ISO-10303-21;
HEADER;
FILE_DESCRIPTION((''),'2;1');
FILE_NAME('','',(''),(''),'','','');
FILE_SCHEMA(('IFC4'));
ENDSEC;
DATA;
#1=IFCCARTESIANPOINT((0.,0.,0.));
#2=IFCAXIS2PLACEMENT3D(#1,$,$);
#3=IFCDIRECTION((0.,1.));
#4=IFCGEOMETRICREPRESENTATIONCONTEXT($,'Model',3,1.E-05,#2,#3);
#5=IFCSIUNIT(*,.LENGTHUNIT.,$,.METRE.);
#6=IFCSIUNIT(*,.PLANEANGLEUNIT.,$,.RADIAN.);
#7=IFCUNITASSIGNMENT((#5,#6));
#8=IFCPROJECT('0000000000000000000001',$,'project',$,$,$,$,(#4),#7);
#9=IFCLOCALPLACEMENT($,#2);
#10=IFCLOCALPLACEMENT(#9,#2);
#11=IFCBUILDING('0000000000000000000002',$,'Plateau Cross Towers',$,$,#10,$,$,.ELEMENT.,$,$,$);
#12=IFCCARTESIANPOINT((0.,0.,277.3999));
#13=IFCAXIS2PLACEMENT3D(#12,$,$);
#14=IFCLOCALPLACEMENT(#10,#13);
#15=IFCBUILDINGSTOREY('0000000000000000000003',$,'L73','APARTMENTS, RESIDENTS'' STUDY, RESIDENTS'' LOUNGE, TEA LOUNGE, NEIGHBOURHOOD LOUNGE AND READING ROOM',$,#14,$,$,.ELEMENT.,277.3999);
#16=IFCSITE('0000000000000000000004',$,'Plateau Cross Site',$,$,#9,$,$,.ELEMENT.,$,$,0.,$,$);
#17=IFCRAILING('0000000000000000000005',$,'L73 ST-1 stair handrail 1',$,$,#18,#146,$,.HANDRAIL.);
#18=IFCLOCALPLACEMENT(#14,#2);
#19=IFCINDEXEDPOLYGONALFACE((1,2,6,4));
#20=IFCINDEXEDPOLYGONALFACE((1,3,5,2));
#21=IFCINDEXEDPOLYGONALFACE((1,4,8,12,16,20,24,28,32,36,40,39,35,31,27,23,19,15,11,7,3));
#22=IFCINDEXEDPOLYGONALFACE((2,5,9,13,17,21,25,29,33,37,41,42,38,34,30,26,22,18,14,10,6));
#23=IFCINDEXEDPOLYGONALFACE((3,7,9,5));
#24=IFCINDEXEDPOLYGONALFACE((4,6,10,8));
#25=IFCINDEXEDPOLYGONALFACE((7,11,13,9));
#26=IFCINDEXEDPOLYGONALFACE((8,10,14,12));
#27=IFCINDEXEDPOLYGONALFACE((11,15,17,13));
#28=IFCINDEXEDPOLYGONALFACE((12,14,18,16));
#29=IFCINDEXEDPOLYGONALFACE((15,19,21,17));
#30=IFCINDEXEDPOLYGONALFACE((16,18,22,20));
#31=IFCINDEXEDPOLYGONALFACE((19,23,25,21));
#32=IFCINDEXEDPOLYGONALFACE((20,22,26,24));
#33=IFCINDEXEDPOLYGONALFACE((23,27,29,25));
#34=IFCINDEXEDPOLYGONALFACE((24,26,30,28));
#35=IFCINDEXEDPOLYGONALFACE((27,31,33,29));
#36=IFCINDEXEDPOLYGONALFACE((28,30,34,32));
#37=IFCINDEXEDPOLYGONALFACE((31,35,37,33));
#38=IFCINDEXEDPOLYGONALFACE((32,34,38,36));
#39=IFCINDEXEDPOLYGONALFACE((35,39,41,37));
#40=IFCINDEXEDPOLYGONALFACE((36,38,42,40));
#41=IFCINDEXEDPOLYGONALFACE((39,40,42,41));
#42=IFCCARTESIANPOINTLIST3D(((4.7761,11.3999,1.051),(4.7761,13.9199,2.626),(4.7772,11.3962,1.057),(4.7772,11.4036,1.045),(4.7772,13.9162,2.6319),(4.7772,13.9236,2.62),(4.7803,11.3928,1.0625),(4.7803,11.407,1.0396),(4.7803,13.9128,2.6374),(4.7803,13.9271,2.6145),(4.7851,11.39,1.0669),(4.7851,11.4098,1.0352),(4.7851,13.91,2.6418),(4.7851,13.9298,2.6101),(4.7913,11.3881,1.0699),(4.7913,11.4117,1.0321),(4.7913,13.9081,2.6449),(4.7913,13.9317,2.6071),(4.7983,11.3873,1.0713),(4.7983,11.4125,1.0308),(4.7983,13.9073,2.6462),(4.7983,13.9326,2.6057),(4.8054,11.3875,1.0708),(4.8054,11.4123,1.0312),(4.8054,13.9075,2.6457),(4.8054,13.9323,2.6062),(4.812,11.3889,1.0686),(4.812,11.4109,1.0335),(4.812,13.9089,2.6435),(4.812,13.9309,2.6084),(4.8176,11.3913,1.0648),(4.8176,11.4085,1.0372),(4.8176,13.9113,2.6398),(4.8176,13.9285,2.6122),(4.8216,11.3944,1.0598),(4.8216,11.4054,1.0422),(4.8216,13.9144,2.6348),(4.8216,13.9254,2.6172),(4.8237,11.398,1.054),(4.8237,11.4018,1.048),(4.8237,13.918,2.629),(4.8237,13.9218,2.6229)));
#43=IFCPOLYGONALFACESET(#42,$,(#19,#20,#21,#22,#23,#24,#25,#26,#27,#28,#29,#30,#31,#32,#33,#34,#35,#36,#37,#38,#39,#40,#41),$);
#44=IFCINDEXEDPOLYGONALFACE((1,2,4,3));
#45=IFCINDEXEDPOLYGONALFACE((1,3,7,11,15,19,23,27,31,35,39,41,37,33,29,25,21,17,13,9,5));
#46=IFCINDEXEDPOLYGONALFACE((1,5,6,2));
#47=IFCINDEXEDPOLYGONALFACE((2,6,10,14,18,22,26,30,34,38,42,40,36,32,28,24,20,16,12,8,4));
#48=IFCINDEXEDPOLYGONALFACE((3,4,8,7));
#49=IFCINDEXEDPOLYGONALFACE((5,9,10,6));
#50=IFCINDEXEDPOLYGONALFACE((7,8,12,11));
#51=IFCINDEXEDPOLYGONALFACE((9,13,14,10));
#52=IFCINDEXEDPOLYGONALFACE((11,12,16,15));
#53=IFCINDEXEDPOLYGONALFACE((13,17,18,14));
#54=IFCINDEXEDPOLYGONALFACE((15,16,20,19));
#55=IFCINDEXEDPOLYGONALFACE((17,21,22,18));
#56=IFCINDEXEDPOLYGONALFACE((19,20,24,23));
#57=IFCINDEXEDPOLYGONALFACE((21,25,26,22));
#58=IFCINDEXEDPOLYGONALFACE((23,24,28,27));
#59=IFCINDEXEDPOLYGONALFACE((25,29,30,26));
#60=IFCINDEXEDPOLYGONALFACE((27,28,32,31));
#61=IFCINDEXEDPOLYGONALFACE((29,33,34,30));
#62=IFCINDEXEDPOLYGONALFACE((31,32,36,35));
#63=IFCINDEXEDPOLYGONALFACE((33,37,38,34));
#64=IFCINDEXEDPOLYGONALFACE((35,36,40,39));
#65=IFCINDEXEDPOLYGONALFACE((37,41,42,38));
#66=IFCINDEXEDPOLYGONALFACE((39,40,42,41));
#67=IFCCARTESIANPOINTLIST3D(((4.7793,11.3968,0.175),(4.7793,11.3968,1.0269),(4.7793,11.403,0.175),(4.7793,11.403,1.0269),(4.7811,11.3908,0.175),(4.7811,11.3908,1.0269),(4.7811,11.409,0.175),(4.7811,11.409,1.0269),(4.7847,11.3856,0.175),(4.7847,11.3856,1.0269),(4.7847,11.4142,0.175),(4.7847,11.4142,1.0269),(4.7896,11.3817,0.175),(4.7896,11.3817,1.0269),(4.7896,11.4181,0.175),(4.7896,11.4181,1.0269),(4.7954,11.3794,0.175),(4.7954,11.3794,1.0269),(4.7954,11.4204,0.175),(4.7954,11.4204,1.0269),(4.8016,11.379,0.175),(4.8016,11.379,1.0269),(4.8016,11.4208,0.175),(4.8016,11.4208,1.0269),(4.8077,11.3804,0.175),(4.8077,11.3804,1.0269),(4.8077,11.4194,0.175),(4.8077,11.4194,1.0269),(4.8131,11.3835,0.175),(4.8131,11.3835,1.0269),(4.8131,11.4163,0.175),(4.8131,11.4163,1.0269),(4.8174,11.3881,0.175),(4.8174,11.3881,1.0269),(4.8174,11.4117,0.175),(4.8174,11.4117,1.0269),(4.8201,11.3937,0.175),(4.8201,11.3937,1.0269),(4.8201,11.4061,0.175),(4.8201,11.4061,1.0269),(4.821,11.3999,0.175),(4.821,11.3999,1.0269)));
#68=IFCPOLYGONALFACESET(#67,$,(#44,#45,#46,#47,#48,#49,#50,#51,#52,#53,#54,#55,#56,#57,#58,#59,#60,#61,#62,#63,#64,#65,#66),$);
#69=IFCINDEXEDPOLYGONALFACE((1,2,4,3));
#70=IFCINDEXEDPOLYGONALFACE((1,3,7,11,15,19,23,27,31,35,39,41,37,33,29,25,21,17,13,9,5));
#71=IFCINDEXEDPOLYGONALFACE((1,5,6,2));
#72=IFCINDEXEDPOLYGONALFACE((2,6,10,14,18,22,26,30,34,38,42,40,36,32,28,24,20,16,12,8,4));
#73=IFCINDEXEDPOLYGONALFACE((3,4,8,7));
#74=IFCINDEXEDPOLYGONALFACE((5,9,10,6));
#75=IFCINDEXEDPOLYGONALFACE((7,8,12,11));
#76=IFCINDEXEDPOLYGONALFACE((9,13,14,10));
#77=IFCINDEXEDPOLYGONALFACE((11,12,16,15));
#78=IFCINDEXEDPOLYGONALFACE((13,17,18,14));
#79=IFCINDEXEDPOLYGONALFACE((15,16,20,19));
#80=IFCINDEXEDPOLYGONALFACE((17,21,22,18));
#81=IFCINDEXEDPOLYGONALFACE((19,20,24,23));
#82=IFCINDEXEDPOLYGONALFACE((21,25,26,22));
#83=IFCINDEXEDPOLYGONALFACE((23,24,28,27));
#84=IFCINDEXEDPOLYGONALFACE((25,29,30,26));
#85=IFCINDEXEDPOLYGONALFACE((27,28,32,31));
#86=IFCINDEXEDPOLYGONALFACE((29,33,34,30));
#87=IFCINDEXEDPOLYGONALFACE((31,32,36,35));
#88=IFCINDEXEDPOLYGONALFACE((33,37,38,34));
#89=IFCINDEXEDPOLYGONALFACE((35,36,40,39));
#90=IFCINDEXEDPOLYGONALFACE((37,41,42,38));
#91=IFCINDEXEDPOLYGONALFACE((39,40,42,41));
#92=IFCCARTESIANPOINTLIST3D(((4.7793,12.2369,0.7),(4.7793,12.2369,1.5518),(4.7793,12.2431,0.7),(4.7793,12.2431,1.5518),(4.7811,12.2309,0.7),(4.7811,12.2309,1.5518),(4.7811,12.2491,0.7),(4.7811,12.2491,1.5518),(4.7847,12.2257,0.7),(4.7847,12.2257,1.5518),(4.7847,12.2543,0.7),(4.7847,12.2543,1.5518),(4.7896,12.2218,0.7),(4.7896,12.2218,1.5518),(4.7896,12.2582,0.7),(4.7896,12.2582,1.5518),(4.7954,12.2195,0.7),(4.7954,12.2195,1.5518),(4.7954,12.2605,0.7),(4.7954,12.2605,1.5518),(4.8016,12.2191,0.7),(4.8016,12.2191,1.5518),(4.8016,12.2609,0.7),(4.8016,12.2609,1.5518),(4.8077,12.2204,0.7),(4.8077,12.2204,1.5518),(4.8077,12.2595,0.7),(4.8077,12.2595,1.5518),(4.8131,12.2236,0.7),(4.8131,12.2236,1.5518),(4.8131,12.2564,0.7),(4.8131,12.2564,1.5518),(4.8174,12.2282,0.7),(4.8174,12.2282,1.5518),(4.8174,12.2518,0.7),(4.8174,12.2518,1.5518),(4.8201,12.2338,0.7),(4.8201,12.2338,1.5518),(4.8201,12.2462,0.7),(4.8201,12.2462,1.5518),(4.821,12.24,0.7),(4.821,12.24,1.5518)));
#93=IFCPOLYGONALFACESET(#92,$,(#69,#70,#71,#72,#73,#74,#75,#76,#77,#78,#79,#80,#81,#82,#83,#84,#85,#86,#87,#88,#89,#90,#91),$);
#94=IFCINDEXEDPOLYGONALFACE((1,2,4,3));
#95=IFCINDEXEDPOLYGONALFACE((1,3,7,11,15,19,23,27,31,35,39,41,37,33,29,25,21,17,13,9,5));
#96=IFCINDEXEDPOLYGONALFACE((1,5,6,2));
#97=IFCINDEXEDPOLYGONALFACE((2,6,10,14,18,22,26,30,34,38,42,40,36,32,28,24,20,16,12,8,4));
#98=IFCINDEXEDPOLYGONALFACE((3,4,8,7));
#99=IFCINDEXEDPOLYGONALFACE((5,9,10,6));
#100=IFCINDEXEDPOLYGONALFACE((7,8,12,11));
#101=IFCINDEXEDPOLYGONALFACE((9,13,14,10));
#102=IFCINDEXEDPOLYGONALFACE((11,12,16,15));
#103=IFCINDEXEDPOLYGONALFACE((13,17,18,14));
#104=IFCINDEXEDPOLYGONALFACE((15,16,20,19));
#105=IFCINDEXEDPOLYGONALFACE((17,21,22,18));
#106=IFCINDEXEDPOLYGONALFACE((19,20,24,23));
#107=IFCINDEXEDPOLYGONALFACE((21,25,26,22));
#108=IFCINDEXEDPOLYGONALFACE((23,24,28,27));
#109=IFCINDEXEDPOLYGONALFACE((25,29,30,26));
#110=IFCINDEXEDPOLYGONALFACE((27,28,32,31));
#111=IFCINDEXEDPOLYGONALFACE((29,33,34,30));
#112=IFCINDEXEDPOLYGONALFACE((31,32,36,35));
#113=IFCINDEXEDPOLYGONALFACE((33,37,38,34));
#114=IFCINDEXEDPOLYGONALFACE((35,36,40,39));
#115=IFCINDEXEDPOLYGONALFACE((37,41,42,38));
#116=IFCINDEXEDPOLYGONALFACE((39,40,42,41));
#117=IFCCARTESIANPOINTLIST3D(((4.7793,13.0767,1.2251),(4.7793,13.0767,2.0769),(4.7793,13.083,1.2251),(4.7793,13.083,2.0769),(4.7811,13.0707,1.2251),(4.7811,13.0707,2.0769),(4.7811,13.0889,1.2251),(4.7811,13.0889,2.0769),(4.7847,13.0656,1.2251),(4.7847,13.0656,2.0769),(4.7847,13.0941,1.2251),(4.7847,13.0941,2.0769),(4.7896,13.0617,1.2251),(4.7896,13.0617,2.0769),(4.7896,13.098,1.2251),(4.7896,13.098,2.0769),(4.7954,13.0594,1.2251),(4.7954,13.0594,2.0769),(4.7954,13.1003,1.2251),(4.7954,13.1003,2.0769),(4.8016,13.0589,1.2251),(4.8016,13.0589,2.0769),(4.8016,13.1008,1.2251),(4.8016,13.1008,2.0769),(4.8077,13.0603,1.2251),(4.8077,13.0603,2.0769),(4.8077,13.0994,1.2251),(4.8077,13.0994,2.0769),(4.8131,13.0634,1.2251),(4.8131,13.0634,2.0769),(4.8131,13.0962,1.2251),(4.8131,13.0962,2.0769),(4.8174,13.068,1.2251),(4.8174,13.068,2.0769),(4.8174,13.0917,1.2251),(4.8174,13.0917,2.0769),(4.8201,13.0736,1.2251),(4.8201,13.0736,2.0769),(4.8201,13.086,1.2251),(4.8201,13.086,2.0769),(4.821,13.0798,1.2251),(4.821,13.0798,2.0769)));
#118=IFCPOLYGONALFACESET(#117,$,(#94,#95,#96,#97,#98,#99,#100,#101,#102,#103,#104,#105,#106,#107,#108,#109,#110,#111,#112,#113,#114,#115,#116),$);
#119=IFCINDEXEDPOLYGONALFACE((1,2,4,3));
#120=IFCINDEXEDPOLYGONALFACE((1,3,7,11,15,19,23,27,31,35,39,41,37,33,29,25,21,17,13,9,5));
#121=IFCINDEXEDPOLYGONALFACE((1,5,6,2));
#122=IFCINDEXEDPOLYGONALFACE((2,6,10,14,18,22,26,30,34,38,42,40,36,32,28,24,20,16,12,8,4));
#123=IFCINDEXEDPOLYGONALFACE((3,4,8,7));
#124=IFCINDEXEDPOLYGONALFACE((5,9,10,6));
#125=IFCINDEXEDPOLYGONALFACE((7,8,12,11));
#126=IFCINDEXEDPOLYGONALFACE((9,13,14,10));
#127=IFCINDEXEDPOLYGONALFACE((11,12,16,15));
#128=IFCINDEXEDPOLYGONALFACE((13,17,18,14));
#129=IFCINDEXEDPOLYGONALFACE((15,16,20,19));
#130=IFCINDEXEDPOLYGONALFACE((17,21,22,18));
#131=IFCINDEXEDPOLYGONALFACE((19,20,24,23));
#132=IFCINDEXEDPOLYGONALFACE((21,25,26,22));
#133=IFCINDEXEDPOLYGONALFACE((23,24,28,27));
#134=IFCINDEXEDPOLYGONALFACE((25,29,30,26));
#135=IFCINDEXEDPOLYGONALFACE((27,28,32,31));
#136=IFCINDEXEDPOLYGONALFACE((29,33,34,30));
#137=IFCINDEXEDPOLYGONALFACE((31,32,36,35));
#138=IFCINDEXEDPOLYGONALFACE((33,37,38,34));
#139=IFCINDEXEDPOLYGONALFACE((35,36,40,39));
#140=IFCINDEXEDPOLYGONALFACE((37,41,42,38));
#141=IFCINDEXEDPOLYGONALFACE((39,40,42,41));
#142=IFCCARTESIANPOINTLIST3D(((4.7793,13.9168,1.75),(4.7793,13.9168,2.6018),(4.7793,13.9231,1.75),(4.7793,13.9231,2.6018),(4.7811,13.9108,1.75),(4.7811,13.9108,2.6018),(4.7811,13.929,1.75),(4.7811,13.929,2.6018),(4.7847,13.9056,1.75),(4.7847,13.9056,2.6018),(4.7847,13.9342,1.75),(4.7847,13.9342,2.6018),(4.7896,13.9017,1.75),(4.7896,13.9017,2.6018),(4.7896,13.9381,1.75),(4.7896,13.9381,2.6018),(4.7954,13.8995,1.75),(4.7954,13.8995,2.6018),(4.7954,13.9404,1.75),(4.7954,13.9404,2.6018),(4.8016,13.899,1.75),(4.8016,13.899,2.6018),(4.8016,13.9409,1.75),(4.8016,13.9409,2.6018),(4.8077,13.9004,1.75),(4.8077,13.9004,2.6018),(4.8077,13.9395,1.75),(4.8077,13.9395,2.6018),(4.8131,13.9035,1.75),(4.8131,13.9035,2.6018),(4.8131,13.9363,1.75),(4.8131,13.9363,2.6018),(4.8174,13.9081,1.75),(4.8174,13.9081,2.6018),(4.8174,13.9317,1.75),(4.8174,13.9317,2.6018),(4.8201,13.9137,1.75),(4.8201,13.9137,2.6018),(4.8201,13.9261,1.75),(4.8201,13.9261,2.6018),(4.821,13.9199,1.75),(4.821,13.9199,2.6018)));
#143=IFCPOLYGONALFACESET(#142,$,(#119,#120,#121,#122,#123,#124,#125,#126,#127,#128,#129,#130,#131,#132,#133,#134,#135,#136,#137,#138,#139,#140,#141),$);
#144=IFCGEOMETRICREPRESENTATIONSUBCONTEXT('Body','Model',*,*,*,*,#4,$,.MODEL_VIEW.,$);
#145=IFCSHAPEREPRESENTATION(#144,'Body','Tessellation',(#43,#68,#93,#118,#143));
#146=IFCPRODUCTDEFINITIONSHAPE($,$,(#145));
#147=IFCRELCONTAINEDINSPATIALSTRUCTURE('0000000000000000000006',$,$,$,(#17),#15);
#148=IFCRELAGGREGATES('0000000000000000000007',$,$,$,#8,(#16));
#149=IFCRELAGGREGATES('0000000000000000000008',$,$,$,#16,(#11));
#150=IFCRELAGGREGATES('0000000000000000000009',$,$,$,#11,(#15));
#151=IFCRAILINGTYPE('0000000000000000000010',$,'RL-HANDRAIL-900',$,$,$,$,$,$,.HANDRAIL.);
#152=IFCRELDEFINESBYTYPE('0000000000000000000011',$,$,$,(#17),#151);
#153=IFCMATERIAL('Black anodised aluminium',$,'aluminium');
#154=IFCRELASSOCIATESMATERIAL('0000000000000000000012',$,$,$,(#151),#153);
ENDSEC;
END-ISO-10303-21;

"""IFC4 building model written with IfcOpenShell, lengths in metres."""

from ifc_helpers import new_model, si_unit, direction, frame, origin, origin_2d, place, context, subcontext, project, spatial, circle, extrude, material, type_object, element, save


model = new_model("IFC4")

# Units and contexts
model_context = context("Model", 3, precision=1e-05, world=origin(), true_north=direction((0.0, 1.0)))
body_context = subcontext(model_context, "Body", "Model", "MODEL_VIEW")
ifc_project = project(units=[si_unit("LENGTHUNIT", "METRE"), si_unit("PLANEANGLEUNIT", "RADIAN")], contexts=[model_context])

# Site, building, storey
site_placement = place(None, origin())
site = spatial("IfcSite", under=ifc_project, at=site_placement, Name="Plateau Cross Site", CompositionType="ELEMENT", RefElevation=0.0)
building_placement = place(site_placement, origin())
building = spatial("IfcBuilding", under=site, at=building_placement, Name="Plateau Cross Towers", CompositionType="ELEMENT")
storey_placement = place(building_placement, frame((0.0, 0.0, 277.3999)))
storey = spatial("IfcBuildingStorey", under=building, at=storey_placement, Name="L73", Description="APARTMENTS, RESIDENTS' STUDY, RESIDENTS' LOUNGE, TEA LOUNGE, NEIGHBOURHOOD LOUNGE AND READING ROOM", CompositionType="ELEMENT", Elevation=277.3999)

# Shared definitions
ifc_material_1 = material(Name="Black anodised aluminium", Category="aluminium")

# Railing
railing_type_1 = type_object("IfcRailingType", Name="RL-HANDRAIL-900", PredefinedType="HANDRAIL", material=ifc_material_1)
railing_1_placement = place(storey_placement, frame((4.8, 11.3999, 0.175)))
element("IfcRailing", 1, at=railing_1_placement, inside=storey, type_object=railing_type_1, Name="L73 ST-1 stair handrail 1", PredefinedType="HANDRAIL", context=body_context, shape_type="SweptSolid", body=[
    extrude(circle(Radius=0.0239, at=origin_2d()), frame((0.0, 0.0, 0.876), z_axis=(0.0, 0.848008, 0.529984), x_axis=(-1.0, 0.0, 0.0)), (0.0, 0.0, 1.0), 2.9717),
    extrude(circle(Radius=0.021, at=origin_2d()), origin(), (0.0, 0.0, 1.0), 0.8518),
    extrude(circle(Radius=0.021, at=origin_2d()), frame((0.0, 0.8401, 0.5249)), (0.0, 0.0, 1.0), 0.8518),
    extrude(circle(Radius=0.021, at=origin_2d()), frame((0.0, 1.6799, 1.05)), (0.0, 0.0, 1.0), 0.8518),
    extrude(circle(Radius=0.021, at=origin_2d()), frame((0.0, 2.52, 1.575)), (0.0, 0.0, 1.0), 0.8518),
])

save(model, "model.ifc")
